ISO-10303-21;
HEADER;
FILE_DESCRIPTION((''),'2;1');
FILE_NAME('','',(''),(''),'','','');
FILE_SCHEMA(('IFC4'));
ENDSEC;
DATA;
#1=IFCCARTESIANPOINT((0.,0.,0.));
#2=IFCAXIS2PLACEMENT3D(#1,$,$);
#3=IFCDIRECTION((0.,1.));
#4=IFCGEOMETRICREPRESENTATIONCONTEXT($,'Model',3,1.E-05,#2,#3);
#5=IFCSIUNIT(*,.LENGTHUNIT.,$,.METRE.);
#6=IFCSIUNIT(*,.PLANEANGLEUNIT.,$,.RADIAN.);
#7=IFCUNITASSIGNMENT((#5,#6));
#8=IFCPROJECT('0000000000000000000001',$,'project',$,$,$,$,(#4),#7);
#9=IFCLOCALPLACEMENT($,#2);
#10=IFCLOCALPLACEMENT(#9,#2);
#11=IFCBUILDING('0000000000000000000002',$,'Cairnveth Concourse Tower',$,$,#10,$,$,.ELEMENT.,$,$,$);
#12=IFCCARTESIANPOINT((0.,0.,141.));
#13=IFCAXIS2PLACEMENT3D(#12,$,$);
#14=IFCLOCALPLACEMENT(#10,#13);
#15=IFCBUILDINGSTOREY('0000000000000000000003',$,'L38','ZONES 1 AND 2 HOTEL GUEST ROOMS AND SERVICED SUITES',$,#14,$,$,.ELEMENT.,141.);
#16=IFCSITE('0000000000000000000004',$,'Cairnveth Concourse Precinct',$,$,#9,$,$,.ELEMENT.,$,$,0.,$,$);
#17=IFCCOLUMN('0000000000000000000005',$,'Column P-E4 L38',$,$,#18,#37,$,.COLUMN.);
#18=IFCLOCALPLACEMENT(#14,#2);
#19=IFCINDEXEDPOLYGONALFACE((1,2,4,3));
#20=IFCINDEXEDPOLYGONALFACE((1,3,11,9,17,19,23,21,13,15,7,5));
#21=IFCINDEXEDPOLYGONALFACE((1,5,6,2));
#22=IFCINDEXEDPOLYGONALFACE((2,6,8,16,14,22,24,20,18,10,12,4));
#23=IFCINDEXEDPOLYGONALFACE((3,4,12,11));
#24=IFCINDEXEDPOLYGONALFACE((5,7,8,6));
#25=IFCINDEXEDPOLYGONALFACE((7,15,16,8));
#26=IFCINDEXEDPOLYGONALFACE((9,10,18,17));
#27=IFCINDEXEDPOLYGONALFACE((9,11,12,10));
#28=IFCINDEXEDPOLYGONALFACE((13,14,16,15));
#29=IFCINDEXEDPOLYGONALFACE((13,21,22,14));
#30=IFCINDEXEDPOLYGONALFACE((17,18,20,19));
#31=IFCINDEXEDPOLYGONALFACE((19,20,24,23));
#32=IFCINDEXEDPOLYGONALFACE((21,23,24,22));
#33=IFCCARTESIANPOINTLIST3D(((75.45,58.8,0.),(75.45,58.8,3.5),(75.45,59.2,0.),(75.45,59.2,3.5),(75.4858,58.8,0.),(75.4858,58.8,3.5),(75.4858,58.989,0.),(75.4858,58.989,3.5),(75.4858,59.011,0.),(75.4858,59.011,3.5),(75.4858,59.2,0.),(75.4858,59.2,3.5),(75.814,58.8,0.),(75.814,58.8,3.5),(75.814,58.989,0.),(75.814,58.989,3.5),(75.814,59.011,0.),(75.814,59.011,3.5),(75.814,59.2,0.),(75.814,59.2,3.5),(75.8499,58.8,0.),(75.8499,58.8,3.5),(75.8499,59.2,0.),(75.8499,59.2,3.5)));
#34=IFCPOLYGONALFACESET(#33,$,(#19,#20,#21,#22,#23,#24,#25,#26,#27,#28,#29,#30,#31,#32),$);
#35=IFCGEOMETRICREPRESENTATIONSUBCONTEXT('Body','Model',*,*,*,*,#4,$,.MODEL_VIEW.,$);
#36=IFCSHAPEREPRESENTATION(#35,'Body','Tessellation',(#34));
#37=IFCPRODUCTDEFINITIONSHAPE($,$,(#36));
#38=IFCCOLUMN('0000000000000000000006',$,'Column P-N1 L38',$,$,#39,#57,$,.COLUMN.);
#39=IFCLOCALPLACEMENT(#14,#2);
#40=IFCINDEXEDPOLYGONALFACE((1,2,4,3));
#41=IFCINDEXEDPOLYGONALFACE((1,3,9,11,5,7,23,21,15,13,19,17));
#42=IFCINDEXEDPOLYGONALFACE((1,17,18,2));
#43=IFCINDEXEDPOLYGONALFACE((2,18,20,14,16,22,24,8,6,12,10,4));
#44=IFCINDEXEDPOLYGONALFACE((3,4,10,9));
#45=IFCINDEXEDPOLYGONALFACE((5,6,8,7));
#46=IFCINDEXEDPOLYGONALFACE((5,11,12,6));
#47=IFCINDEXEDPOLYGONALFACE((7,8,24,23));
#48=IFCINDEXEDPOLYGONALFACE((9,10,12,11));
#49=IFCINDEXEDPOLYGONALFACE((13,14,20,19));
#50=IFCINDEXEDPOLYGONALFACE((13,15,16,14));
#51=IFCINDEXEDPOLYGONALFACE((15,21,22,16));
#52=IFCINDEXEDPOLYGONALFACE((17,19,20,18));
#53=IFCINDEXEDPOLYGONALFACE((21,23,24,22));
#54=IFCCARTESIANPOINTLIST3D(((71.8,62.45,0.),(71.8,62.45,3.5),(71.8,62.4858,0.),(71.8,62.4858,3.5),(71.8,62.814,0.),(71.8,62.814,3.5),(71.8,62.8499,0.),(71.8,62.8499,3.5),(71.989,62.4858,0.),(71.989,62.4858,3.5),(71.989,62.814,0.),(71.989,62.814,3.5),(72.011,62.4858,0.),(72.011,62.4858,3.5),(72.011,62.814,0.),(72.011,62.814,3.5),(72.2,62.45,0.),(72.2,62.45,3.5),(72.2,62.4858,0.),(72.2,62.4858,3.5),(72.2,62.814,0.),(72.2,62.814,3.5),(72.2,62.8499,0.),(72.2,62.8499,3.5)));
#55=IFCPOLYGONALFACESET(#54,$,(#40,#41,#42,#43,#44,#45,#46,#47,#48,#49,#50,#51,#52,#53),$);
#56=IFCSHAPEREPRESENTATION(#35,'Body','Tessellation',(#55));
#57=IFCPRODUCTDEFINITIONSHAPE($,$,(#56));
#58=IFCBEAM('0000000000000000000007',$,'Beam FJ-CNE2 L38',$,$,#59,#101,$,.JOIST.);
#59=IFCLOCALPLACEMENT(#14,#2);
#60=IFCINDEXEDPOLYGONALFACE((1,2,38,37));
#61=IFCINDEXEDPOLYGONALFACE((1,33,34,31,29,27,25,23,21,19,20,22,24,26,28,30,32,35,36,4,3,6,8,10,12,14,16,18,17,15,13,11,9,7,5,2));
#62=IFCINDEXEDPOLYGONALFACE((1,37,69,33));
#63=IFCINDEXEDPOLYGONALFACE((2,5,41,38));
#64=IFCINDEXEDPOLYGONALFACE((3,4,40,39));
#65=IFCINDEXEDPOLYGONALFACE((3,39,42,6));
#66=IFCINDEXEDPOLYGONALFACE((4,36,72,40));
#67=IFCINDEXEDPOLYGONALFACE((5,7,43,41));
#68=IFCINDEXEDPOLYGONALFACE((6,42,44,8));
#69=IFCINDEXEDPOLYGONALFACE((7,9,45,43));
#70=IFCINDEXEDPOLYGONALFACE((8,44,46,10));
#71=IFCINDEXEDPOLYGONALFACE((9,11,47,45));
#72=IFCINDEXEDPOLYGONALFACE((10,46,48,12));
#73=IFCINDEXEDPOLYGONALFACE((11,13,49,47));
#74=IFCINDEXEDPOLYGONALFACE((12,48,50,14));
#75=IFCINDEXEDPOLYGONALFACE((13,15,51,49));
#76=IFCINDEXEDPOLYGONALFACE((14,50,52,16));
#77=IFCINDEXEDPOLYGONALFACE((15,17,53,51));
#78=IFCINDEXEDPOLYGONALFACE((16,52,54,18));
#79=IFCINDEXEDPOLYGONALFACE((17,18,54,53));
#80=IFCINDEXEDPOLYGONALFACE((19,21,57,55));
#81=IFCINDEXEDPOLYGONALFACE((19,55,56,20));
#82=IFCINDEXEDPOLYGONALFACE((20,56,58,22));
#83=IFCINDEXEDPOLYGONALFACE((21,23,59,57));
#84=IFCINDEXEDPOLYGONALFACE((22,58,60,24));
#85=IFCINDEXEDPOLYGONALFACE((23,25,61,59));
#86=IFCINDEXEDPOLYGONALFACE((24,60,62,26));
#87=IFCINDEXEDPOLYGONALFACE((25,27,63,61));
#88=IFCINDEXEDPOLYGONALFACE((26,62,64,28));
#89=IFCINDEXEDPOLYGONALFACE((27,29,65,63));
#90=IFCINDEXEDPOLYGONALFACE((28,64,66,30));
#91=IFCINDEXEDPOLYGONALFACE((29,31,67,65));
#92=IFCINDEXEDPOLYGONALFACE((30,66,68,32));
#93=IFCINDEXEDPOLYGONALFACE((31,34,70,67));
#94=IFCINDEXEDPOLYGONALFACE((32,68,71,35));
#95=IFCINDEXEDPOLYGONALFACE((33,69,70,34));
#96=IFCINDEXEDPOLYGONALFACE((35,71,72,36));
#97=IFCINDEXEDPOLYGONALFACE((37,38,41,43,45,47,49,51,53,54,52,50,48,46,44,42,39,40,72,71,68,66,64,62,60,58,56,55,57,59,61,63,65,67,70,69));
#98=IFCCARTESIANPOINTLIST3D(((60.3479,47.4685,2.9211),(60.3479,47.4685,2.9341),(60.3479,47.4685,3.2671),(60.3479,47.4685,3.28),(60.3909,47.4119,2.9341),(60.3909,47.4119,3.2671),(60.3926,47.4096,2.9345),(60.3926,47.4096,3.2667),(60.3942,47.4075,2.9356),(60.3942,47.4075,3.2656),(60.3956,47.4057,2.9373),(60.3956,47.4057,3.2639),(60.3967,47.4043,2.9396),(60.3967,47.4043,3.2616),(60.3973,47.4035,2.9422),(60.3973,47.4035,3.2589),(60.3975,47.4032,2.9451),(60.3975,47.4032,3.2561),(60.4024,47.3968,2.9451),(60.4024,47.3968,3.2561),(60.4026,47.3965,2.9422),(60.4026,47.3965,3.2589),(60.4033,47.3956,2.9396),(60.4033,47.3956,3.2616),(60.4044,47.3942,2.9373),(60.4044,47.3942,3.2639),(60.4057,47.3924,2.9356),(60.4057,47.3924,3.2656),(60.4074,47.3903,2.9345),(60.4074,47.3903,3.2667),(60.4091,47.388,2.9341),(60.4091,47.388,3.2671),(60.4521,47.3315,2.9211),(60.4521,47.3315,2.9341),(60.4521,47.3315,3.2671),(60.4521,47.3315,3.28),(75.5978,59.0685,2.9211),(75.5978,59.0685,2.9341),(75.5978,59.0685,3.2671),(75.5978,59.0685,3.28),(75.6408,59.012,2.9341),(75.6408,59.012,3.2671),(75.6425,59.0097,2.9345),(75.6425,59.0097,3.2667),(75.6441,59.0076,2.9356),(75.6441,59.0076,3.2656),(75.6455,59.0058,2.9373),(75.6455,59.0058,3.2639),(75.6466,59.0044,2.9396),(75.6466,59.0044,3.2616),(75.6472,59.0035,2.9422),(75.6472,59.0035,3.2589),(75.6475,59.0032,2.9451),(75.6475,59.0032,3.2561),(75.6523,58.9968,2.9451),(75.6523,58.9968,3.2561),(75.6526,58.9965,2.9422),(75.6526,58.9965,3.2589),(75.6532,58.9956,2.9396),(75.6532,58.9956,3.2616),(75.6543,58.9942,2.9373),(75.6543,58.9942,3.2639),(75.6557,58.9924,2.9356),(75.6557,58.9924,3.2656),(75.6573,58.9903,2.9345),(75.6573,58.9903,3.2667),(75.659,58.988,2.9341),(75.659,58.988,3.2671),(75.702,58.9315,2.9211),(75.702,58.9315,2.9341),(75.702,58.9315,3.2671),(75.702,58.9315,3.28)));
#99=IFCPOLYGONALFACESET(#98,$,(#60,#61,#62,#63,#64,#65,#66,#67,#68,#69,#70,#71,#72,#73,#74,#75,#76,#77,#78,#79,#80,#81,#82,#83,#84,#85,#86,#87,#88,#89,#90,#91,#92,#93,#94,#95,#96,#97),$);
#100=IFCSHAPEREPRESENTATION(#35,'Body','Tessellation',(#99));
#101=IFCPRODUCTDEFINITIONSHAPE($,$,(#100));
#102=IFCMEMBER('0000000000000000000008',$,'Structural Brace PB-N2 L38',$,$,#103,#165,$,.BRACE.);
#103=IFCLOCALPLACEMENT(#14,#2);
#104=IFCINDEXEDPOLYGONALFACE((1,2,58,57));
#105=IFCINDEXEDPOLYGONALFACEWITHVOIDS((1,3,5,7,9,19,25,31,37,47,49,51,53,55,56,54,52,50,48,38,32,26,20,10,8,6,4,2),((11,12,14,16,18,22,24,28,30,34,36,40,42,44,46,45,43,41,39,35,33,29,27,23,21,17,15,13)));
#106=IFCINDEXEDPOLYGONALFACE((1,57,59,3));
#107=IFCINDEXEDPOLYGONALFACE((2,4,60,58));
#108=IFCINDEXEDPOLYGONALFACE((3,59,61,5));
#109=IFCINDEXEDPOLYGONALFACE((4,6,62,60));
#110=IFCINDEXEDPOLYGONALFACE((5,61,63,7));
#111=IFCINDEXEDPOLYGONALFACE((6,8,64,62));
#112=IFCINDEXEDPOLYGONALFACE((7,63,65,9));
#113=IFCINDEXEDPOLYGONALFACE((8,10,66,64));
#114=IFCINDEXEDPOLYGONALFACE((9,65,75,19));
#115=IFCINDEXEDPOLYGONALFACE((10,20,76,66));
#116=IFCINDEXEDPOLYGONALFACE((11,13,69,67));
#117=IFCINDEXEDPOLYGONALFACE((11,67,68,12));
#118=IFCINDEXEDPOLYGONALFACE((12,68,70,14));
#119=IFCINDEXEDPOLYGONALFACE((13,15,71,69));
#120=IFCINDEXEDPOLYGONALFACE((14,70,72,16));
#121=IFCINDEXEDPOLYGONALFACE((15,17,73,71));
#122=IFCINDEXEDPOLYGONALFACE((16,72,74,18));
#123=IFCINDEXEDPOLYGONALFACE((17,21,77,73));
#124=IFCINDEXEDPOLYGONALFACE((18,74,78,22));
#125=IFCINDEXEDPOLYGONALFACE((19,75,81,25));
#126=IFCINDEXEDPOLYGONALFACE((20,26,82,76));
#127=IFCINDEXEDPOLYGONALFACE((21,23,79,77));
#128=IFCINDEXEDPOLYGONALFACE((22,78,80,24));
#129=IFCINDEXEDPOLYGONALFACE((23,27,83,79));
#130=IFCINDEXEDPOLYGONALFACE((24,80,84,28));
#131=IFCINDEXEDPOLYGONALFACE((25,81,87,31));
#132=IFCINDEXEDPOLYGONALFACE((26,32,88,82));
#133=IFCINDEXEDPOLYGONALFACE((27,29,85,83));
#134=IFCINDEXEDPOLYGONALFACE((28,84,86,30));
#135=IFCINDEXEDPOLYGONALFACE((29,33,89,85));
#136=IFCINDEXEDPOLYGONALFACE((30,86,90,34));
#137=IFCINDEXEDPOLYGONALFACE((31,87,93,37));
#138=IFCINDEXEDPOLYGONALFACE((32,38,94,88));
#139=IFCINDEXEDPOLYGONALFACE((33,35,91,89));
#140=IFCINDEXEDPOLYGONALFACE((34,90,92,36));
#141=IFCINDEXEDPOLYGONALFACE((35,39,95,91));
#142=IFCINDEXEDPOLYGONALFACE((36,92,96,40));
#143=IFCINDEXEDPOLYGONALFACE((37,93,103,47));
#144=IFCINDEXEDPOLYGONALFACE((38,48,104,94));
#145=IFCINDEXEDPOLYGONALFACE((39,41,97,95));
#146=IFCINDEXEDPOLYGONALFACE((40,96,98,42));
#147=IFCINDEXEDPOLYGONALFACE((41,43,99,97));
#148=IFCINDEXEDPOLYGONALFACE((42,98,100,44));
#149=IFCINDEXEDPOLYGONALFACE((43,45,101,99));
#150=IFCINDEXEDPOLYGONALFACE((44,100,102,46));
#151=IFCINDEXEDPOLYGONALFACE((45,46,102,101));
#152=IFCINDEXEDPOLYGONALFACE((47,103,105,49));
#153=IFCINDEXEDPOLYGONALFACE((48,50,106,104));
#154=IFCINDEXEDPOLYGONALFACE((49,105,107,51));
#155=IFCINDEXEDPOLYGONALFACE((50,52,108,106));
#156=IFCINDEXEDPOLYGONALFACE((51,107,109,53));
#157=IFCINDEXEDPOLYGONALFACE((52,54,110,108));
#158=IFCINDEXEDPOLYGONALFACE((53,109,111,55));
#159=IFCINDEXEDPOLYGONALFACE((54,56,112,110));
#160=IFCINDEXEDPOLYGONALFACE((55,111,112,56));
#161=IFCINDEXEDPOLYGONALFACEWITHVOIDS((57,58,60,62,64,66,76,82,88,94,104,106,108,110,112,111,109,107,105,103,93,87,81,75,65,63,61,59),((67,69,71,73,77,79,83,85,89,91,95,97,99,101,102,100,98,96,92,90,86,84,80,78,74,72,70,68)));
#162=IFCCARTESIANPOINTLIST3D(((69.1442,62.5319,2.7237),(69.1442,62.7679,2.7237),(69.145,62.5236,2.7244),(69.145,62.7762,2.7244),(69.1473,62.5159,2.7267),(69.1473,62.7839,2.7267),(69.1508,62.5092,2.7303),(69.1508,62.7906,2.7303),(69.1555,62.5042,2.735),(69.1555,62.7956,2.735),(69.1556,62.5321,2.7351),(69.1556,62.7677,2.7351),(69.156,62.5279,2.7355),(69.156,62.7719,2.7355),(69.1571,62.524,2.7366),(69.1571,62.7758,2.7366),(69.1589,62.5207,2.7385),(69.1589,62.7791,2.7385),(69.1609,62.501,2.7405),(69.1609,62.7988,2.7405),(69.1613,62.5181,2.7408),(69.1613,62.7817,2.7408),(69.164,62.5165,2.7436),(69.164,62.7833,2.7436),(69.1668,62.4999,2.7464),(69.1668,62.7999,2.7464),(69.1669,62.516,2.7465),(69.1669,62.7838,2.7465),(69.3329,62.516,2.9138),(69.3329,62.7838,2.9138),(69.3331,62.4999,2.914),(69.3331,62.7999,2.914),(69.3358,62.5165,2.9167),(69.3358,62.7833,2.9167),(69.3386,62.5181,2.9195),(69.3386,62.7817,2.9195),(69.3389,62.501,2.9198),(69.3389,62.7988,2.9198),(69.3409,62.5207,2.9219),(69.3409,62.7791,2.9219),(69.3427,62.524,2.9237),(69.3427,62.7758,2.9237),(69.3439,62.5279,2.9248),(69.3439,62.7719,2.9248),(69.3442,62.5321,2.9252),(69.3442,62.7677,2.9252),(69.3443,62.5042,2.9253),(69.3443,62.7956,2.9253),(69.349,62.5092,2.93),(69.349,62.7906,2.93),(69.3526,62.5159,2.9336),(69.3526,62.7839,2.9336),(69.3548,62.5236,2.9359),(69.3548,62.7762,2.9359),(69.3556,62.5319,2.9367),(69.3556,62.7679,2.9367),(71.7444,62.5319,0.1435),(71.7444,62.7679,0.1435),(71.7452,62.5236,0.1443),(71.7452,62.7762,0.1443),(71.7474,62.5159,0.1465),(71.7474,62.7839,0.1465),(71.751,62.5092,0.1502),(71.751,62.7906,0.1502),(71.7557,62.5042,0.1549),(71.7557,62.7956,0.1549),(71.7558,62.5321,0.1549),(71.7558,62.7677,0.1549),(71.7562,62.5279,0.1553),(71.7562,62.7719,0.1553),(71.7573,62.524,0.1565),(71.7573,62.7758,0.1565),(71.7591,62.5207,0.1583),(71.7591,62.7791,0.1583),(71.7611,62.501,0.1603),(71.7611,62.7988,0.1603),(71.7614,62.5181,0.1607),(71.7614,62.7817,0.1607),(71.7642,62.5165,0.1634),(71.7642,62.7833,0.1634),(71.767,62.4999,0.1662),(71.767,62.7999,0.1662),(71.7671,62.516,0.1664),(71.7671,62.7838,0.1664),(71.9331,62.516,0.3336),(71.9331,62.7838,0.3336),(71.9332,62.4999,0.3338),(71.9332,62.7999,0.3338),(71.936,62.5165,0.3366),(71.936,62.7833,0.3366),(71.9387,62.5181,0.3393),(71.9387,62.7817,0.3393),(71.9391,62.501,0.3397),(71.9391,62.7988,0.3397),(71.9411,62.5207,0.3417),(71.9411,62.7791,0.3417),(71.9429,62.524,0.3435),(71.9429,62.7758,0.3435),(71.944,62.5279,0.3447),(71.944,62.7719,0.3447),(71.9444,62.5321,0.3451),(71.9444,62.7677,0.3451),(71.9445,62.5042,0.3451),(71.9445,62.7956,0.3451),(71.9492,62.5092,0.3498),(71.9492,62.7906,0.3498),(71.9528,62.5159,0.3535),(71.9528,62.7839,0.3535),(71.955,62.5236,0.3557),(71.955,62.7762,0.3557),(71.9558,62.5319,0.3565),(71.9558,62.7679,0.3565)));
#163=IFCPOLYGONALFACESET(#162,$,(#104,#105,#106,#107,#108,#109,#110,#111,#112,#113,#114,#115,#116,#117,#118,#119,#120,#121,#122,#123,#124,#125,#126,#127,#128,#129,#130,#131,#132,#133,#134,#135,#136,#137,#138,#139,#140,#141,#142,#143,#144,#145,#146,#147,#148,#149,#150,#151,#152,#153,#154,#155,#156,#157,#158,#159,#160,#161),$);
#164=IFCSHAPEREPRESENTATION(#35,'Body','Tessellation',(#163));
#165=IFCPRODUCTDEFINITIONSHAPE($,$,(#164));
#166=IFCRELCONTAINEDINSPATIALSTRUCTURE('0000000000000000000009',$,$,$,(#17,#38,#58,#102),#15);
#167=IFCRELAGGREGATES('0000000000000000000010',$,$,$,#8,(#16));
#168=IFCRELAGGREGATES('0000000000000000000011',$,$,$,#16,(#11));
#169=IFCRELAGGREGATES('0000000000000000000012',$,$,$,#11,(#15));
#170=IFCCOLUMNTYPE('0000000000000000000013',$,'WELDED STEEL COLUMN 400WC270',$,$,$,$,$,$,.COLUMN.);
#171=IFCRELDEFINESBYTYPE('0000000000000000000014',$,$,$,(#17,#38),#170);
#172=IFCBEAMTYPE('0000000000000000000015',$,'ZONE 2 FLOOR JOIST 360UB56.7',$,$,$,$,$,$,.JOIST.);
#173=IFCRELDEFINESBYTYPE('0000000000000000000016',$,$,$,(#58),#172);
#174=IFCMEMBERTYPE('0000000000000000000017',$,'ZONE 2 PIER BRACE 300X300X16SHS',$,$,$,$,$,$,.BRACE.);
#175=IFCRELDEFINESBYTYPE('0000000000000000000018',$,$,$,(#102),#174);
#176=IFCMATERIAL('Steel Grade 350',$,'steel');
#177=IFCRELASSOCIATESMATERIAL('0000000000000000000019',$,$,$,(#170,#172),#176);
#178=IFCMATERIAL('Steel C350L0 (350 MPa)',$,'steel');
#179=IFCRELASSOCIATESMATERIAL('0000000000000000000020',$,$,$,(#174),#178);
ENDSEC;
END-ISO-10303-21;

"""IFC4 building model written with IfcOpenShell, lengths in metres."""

from ifc_helpers import new_model, si_unit, direction, frame, origin, origin_2d, place, context, subcontext, project, spatial, hollow_rectangle, i_section, extrude, material, material_profile, profile_set, type_object, element, save


model = new_model("IFC4")

# Units and contexts
model_context = context("Model", 3, precision=1e-05, world=origin(), true_north=direction((0.0, 1.0)))
body_context = subcontext(model_context, "Body", "Model", "MODEL_VIEW")
ifc_project = project(units=[si_unit("LENGTHUNIT", "METRE"), si_unit("PLANEANGLEUNIT", "RADIAN")], contexts=[model_context])

# Site, building, storey
site_placement = place(None, origin())
site = spatial("IfcSite", under=ifc_project, at=site_placement, Name="Cairnveth Concourse Precinct", CompositionType="ELEMENT", RefElevation=0.0)
building_placement = place(site_placement, origin())
building = spatial("IfcBuilding", under=site, at=building_placement, Name="Cairnveth Concourse Tower", CompositionType="ELEMENT")
storey_placement = place(building_placement, frame((0.0, 0.0, 141.0)))
storey = spatial("IfcBuildingStorey", under=building, at=storey_placement, Name="L38", Description="ZONES 1 AND 2 HOTEL GUEST ROOMS AND SERVICED SUITES", CompositionType="ELEMENT", Elevation=141.0)

# Columns
ifc_material_1 = material(Name="Steel Grade 350", Category="steel")
ifc_material_profile_1 = material_profile(ifc_material_1, i_section(OverallWidth=0.3999, OverallDepth=0.3999, WebThickness=0.022, FlangeThickness=0.0359, at=origin_2d()), Name="400WC270")
ifc_profile_set_1 = profile_set([ifc_material_profile_1], Name="Steel Grade 350")
column_type = type_object("IfcColumnType", Name="WELDED STEEL COLUMN 400WC270", PredefinedType="COLUMN", material=ifc_profile_set_1)
for number, where, z_axis, x_axis, name in (
    (1, (75.6499, 59.0, 0.0), (0.0, 0.0, 1.0), (0.0, 1.0, 0.0), "Column P-E4 L38"),
    (2, (72.0, 62.6499, 0.0), (0.0, 0.0, 1.0), (1.0, 0.0, 0.0), "Column P-N1 L38"),
):
    element("IfcColumn", number, at=place(storey_placement, frame(where, z_axis=z_axis, x_axis=x_axis)), inside=storey, type_object=column_type, Name=name, PredefinedType="COLUMN", context=body_context, shape_type="SweptSolid", body=[
        extrude(i_section(OverallWidth=0.3999, OverallDepth=0.3999, WebThickness=0.022, FlangeThickness=0.0359, at=origin_2d()), origin(), (0.0, 0.0, 1.0), 3.5),
    ])

# Beam
ifc_material_profile_2 = material_profile(ifc_material_1, i_section(OverallWidth=0.1721, OverallDepth=0.3589, WebThickness=0.0081, FlangeThickness=0.0129, FilletRadius=0.011, at=origin_2d()), Name="360UB56.7")
ifc_profile_set_2 = profile_set([ifc_material_profile_2], Name="Steel Grade 350")
beam_type_1 = type_object("IfcBeamType", Name="ZONE 2 FLOOR JOIST 360UB56.7", PredefinedType="JOIST", material=ifc_profile_set_2)
beam_1_placement = place(storey_placement, frame((75.6499, 59.0, 3.1006), z_axis=(-0.795908, -0.605417, 0.0), x_axis=(0.605417, -0.795908, 0.0)))
element("IfcBeam", 3, at=beam_1_placement, inside=storey, type_object=beam_type_1, Name="Beam FJ-CNE2 L38", PredefinedType="JOIST", context=body_context, shape_type="SweptSolid", body=[
    extrude(i_section(OverallWidth=0.1721, OverallDepth=0.3589, WebThickness=0.0081, FlangeThickness=0.0129, FilletRadius=0.011, at=origin_2d()), origin(), (0.0, 0.0, 1.0), 19.1604),
])

# Member
ifc_material_2 = material(Name="Steel C350L0 (350 MPa)", Category="steel")
ifc_material_profile_3 = material_profile(ifc_material_2, hollow_rectangle(XDim=0.3, YDim=0.3, WallThickness=0.0161, InnerFilletRadius=0.0161, OuterFilletRadius=0.032, at=origin_2d()), Name="300x300x16.0SHS")
ifc_profile_set_3 = profile_set([ifc_material_profile_3], Name="Steel C350L0 (350 MPa)")
member_type = type_object("IfcMemberType", Name="ZONE 2 PIER BRACE 300X300X16SHS", PredefinedType="BRACE", material=ifc_profile_set_3)
for number, where, z_axis, x_axis, name in (
    (4, (71.8501, 62.6499, 0.25), (-0.709834, 0.0, 0.704369), (0.0, -1.0, 0.0), "Structural Brace PB-N2 L38"),
):
    element("IfcMember", number, at=place(storey_placement, frame(where, z_axis=z_axis, x_axis=x_axis)), inside=storey, type_object=member_type, Name=name, PredefinedType="BRACE", context=body_context, shape_type="SweptSolid", body=[
        extrude(hollow_rectangle(XDim=0.3, YDim=0.3, WallThickness=0.0161, InnerFilletRadius=0.0161, OuterFilletRadius=0.032, at=origin_2d()), origin(), (0.0, 0.0, 1.0), 3.6631),
    ])

save(model, "model.ifc")
